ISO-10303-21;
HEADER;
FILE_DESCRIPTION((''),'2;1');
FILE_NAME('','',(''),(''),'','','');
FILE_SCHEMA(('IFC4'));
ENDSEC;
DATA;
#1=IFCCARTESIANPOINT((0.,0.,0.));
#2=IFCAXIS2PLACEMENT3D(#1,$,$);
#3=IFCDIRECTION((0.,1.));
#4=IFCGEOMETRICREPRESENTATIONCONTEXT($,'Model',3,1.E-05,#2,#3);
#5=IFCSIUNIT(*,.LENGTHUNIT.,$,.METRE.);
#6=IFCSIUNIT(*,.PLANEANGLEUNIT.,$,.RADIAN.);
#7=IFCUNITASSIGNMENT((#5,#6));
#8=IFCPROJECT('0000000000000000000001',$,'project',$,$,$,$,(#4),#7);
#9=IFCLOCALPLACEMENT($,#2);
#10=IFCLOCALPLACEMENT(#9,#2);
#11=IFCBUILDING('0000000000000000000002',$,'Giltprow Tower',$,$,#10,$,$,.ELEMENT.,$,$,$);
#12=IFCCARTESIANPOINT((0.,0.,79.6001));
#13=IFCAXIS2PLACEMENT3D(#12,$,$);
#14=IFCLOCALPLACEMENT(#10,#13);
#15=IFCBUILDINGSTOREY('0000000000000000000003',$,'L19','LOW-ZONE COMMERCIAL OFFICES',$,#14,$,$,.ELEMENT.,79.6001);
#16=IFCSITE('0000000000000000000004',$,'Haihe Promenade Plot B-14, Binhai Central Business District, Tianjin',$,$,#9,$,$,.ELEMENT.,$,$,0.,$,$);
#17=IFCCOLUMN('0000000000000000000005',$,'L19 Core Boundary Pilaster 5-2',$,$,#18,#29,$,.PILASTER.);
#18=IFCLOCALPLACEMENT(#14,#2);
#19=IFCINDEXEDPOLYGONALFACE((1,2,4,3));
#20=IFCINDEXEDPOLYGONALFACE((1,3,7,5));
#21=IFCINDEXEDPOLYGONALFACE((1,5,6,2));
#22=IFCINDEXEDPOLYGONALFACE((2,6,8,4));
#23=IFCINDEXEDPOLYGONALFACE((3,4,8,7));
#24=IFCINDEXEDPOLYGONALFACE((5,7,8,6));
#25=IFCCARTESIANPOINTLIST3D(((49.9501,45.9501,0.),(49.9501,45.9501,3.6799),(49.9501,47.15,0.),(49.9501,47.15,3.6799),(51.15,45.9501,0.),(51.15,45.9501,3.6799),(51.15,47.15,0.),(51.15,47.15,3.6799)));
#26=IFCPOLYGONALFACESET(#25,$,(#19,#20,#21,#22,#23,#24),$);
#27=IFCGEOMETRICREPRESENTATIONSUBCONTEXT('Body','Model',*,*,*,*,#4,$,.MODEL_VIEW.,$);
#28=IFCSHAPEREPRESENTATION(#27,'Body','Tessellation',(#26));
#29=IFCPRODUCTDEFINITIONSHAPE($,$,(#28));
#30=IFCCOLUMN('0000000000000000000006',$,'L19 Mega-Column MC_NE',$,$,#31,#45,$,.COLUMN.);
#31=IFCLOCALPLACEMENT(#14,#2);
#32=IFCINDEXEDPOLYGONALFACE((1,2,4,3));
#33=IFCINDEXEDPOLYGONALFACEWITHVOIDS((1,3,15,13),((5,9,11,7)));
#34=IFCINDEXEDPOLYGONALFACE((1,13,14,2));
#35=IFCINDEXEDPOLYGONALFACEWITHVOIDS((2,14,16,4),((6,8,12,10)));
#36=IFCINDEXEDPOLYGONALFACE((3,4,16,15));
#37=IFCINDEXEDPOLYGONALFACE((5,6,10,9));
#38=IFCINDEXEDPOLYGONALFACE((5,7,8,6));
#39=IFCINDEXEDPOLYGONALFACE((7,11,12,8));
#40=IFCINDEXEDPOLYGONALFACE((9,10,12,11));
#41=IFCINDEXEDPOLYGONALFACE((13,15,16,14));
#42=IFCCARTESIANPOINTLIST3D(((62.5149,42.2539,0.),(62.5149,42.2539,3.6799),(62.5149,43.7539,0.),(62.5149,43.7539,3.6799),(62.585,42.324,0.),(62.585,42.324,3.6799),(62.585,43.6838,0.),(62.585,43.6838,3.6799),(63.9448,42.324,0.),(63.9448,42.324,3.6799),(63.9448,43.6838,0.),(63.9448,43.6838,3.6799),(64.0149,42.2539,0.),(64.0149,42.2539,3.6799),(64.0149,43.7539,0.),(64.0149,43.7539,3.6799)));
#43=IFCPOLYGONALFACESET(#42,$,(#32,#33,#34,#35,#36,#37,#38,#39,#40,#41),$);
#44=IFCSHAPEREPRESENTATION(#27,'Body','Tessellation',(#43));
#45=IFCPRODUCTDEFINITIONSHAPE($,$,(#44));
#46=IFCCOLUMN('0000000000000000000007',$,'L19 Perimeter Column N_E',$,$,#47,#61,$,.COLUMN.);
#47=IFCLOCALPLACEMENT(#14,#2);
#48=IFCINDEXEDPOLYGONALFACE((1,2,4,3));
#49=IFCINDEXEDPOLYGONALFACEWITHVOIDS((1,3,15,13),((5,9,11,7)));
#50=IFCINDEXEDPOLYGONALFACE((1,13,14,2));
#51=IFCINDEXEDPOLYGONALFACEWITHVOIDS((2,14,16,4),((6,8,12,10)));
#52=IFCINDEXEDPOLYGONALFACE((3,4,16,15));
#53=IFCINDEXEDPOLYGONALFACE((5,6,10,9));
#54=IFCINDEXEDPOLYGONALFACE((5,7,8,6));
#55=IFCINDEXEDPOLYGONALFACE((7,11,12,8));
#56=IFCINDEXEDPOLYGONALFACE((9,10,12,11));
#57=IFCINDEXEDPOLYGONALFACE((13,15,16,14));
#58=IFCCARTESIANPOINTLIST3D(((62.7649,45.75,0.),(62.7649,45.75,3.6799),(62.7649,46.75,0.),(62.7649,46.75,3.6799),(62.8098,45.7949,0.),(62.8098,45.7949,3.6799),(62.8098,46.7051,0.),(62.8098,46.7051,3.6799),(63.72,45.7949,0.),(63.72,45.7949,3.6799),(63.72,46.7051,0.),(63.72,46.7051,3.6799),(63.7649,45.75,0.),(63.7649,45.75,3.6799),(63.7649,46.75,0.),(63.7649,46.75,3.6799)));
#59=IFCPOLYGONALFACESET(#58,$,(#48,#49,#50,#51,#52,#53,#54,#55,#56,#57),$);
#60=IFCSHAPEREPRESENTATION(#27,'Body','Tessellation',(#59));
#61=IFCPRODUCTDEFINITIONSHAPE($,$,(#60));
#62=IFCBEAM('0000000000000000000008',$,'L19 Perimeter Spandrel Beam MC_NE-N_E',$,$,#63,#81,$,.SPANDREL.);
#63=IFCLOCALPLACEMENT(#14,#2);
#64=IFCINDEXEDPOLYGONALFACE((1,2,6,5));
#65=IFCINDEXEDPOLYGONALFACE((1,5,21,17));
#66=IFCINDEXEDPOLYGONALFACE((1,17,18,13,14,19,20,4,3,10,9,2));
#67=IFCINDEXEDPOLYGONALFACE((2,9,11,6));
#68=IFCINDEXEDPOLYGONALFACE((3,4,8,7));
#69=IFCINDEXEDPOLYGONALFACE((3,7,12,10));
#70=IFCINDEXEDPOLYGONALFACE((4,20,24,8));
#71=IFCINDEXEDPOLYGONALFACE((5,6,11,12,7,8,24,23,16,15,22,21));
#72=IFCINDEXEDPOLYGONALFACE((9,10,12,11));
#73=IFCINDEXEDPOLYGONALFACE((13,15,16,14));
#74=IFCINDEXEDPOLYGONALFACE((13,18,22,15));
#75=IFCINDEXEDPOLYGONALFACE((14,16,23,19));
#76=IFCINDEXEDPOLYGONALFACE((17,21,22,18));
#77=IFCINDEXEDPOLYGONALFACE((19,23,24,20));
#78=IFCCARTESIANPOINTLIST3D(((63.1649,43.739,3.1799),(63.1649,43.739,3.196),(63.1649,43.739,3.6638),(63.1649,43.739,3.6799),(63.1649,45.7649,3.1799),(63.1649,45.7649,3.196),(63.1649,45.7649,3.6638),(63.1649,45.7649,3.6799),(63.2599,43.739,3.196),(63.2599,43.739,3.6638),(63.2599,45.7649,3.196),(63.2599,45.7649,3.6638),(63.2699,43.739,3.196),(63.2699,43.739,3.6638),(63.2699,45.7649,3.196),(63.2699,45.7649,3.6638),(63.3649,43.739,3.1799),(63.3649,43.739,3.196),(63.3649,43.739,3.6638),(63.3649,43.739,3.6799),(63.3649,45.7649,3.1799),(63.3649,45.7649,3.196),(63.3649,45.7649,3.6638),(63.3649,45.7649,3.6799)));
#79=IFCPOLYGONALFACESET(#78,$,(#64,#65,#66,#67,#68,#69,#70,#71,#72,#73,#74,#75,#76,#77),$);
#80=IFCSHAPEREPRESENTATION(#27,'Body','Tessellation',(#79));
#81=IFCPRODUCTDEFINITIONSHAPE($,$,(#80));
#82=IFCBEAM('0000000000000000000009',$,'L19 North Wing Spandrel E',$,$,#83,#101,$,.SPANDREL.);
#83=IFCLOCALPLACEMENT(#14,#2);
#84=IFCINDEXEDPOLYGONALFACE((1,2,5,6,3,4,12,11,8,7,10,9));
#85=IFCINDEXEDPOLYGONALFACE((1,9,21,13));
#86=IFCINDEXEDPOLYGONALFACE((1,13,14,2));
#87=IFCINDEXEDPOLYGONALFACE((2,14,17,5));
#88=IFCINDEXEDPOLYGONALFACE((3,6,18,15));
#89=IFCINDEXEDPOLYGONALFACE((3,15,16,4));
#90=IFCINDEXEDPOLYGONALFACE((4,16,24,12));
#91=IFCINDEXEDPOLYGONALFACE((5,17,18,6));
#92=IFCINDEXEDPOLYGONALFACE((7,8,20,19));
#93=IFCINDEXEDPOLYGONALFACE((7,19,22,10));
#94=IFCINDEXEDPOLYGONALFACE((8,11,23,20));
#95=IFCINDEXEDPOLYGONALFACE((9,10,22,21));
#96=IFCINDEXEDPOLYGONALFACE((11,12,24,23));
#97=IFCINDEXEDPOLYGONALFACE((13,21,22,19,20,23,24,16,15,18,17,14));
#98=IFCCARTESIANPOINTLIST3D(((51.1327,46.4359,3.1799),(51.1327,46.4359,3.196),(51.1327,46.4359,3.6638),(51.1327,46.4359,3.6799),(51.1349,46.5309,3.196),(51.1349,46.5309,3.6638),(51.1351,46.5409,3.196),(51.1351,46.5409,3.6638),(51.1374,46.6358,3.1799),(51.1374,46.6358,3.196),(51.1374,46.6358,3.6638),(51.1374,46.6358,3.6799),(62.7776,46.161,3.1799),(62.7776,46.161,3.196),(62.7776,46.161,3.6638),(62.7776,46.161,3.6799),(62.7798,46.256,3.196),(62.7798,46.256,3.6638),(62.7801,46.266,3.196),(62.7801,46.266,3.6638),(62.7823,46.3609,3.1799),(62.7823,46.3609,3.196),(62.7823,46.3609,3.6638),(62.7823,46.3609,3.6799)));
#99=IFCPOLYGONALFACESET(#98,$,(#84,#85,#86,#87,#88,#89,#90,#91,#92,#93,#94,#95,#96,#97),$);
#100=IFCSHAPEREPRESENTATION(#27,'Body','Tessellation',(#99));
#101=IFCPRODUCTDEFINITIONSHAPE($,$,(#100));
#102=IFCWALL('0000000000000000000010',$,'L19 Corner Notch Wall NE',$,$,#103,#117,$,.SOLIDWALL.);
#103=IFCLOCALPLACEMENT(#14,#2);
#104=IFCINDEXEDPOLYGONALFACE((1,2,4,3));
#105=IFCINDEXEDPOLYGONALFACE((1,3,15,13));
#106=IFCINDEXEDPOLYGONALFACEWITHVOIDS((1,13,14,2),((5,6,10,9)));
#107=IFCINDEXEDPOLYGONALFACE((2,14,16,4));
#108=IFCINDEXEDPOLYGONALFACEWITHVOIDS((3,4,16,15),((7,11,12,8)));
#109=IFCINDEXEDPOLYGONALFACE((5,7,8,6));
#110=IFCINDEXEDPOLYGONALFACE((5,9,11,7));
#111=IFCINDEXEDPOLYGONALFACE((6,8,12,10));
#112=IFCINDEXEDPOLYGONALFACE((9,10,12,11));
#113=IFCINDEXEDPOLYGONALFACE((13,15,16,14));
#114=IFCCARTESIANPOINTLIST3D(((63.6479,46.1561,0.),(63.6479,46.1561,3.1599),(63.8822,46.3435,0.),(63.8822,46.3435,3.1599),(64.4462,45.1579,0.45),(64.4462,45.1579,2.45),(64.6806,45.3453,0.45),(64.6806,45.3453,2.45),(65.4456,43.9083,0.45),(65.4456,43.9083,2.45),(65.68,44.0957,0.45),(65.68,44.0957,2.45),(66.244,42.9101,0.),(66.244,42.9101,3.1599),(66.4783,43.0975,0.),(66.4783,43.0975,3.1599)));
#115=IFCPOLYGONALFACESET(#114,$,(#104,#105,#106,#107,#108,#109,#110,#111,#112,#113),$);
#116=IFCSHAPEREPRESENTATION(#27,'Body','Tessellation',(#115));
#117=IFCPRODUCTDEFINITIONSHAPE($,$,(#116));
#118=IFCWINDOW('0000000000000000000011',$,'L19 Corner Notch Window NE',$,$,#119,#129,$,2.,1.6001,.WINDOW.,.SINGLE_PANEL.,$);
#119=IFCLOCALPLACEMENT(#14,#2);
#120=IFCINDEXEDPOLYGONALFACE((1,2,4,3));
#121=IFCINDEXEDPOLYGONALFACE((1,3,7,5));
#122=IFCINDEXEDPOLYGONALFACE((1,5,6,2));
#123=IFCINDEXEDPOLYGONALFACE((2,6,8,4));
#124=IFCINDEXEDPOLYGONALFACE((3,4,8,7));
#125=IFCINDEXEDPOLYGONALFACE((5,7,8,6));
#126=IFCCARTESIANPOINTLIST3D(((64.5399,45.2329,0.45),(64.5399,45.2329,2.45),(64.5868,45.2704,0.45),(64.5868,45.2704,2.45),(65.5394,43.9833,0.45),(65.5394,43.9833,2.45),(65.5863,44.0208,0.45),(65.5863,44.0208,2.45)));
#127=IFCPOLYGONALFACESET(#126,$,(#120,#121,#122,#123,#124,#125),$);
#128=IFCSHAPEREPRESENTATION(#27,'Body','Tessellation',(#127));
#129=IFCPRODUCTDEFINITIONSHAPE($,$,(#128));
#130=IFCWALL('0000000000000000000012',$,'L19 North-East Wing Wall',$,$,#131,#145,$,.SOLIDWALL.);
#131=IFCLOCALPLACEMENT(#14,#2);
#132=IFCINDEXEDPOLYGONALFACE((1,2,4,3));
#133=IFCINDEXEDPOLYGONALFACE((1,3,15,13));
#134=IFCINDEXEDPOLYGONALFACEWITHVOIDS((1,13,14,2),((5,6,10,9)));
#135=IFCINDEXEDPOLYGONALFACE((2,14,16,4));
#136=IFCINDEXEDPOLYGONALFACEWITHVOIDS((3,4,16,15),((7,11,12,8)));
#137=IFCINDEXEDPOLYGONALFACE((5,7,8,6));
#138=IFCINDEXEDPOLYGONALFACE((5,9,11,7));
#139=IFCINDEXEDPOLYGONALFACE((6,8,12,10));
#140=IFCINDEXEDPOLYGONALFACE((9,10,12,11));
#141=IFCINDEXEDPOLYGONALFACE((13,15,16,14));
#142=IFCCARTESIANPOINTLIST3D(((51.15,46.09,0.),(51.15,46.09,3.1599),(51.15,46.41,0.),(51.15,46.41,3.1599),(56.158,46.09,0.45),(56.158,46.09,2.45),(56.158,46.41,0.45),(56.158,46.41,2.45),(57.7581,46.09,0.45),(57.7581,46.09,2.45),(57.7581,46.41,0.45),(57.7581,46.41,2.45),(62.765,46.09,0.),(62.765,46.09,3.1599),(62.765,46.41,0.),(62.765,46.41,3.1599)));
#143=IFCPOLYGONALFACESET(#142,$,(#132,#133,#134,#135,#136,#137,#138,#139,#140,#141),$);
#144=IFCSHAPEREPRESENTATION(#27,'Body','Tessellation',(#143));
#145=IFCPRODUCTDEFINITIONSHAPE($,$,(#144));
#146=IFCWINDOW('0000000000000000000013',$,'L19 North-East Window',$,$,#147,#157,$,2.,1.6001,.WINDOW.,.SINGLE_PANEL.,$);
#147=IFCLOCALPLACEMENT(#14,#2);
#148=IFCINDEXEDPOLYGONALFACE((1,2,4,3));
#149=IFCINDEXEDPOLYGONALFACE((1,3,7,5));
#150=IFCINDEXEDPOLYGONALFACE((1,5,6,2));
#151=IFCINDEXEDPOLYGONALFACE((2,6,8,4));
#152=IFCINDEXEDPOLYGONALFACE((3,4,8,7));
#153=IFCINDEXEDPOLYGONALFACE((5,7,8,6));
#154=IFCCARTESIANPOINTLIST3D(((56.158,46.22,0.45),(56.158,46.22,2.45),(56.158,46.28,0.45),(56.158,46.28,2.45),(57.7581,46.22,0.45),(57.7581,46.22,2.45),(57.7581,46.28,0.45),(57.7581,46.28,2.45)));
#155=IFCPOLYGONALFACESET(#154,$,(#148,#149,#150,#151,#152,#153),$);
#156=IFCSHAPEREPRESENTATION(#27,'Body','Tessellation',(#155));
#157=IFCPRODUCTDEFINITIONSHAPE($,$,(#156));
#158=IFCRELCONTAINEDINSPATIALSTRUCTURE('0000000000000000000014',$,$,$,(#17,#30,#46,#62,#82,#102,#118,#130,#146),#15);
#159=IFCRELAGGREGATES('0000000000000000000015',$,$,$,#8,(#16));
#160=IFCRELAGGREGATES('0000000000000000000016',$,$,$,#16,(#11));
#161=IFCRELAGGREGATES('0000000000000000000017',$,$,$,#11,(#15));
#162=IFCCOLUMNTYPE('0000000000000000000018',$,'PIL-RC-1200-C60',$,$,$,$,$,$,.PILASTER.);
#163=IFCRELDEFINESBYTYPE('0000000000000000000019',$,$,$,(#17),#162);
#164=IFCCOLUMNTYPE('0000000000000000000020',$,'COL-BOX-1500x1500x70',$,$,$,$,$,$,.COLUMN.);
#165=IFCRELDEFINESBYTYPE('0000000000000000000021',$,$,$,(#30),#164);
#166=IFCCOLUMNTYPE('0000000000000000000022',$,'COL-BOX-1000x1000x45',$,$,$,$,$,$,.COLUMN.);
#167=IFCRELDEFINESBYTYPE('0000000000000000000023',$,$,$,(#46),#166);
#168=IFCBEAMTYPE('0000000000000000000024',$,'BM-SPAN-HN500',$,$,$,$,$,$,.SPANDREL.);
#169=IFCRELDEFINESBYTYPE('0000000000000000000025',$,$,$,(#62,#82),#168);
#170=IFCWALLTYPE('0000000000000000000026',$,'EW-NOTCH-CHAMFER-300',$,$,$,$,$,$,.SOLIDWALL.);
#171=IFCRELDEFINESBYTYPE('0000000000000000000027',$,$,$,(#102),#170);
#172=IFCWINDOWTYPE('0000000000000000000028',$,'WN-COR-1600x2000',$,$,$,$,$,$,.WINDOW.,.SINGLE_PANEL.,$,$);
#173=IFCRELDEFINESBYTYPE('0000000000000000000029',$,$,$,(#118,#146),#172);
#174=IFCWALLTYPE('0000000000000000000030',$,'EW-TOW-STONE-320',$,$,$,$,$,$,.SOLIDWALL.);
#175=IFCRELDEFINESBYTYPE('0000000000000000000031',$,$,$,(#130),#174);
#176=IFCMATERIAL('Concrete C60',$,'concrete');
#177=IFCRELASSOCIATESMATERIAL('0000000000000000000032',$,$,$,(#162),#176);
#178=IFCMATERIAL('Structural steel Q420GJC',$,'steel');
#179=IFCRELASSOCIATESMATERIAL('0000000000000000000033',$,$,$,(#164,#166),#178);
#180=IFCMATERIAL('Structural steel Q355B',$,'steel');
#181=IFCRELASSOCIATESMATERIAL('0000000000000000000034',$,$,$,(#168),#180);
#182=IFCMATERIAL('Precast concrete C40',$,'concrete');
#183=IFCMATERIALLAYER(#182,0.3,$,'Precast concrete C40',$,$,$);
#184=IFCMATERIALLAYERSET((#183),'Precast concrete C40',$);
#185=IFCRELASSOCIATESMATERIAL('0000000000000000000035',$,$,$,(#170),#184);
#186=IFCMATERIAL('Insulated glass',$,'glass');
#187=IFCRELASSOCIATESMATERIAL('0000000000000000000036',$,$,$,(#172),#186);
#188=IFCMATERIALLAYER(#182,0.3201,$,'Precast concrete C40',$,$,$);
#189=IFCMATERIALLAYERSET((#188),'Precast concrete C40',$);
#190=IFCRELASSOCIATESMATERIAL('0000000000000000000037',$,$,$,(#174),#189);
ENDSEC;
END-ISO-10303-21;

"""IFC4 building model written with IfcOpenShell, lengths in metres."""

from ifc_helpers import new_model, si_unit, direction, frame, frame_2d, origin, origin_2d, place, context, subcontext, project, spatial, rectangle, hollow_rectangle, i_section, extrude, source, transform, mapped, material, layer, layer_set, material_profile, profile_set, type_object, element, fill, save


model = new_model("IFC4")

# Units and contexts
model_context = context("Model", 3, precision=1e-05, world=origin(), true_north=direction((0.0, 1.0)))
body_context = subcontext(model_context, "Body", "Model", "MODEL_VIEW")
ifc_project = project(units=[si_unit("LENGTHUNIT", "METRE"), si_unit("PLANEANGLEUNIT", "RADIAN")], contexts=[model_context])

# Site, building, storey
site_placement = place(None, origin())
site = spatial("IfcSite", under=ifc_project, at=site_placement, Name="Haihe Promenade Plot B-14, Binhai Central Business District, Tianjin", CompositionType="ELEMENT", RefElevation=0.0)
building_placement = place(site_placement, origin())
building = spatial("IfcBuilding", under=site, at=building_placement, Name="Giltprow Tower", CompositionType="ELEMENT")
storey_placement = place(building_placement, frame((0.0, 0.0, 79.6001)))
storey = spatial("IfcBuildingStorey", under=building, at=storey_placement, Name="L19", Description="LOW-ZONE COMMERCIAL OFFICES", CompositionType="ELEMENT", Elevation=79.6001)

# Columns
ifc_material_1 = material(Name="Concrete C60", Category="concrete")
ifc_material_profile_1 = material_profile(ifc_material_1, rectangle(XDim=1.2, YDim=1.2, at=origin_2d()), Name="RC 1200x1200")
ifc_profile_set_1 = profile_set([ifc_material_profile_1], Name="Concrete C60")
column_type_1 = type_object("IfcColumnType", Name="PIL-RC-1200-C60", PredefinedType="PILASTER", material=ifc_profile_set_1)
shared_shape_1 = source(origin(), body_context, "Body", "SweptSolid", [
    extrude(rectangle(XDim=1.2, YDim=1.2, at=origin_2d()), origin(), (0.0, 0.0, 1.0), 3.6799),
])
column_1_placement = place(storey_placement, frame((50.55, 46.55, 0.0), z_axis=(0.0, 0.0, 1.0), x_axis=(1.0, 0.0, 0.0)))
element("IfcColumn", 1, at=column_1_placement, inside=storey, type_object=column_type_1, Name="L19 Core Boundary Pilaster 5-2", PredefinedType="PILASTER", context=body_context, shape_type="MappedRepresentation", body=[
    mapped(shared_shape_1, transform((0.0, 0.0, 0.0), x_axis=(1.0, 0.0, 0.0), y_axis=(0.0, 1.0, 0.0), z_axis=(0.0, 0.0, 1.0), scale=1.0)),
])
ifc_material_2 = material(Name="Structural steel Q420GJC", Category="steel")
ifc_material_profile_2 = material_profile(ifc_material_2, hollow_rectangle(XDim=1.5, YDim=1.5, WallThickness=0.0701, at=origin_2d()), Name="BOX 1500x1500x70")
ifc_profile_set_2 = profile_set([ifc_material_profile_2], Name="Structural steel Q420GJC")
column_type_2 = type_object("IfcColumnType", Name="COL-BOX-1500x1500x70", PredefinedType="COLUMN", material=ifc_profile_set_2)
shared_shape_2 = source(origin(), body_context, "Body", "SweptSolid", [
    extrude(hollow_rectangle(XDim=1.5, YDim=1.5, WallThickness=0.0701, at=origin_2d()), origin(), (0.0, 0.0, 1.0), 3.6799),
])
column_2_placement = place(storey_placement, frame((63.2649, 43.0039, 0.0), z_axis=(0.0, 0.0, 1.0), x_axis=(1.0, 0.0, 0.0)))
element("IfcColumn", 2, at=column_2_placement, inside=storey, type_object=column_type_2, Name="L19 Mega-Column MC_NE", PredefinedType="COLUMN", context=body_context, shape_type="MappedRepresentation", body=[
    mapped(shared_shape_2, transform((0.0, 0.0, 0.0), x_axis=(1.0, 0.0, 0.0), y_axis=(0.0, 1.0, 0.0), z_axis=(0.0, 0.0, 1.0), scale=1.0)),
])
ifc_material_profile_3 = material_profile(ifc_material_2, hollow_rectangle(XDim=1.0, YDim=1.0, WallThickness=0.0449, at=origin_2d()), Name="BOX 1000x1000x45")
ifc_profile_set_3 = profile_set([ifc_material_profile_3], Name="Structural steel Q420GJC")
column_type_3 = type_object("IfcColumnType", Name="COL-BOX-1000x1000x45", PredefinedType="COLUMN", material=ifc_profile_set_3)
shared_shape_3 = source(origin(), body_context, "Body", "SweptSolid", [
    extrude(hollow_rectangle(XDim=1.0, YDim=1.0, WallThickness=0.0449, at=origin_2d()), origin(), (0.0, 0.0, 1.0), 3.6799),
])
column_3_placement = place(storey_placement, frame((63.2649, 46.25, 0.0), z_axis=(0.0, 0.0, 1.0), x_axis=(1.0, 0.0, 0.0)))
element("IfcColumn", 3, at=column_3_placement, inside=storey, type_object=column_type_3, Name="L19 Perimeter Column N_E", PredefinedType="COLUMN", context=body_context, shape_type="MappedRepresentation", body=[
    mapped(shared_shape_3, transform((0.0, 0.0, 0.0), x_axis=(1.0, 0.0, 0.0), y_axis=(0.0, 1.0, 0.0), z_axis=(0.0, 0.0, 1.0), scale=1.0)),
])

# Beams
ifc_material_3 = material(Name="Structural steel Q355B", Category="steel")
ifc_material_profile_4 = material_profile(ifc_material_3, i_section(OverallWidth=0.2, OverallDepth=0.5, WebThickness=0.01, FlangeThickness=0.0161, at=origin_2d()), Name="HN 500x200x10x16")
ifc_profile_set_4 = profile_set([ifc_material_profile_4], Name="Structural steel Q355B")
beam_type = type_object("IfcBeamType", Name="BM-SPAN-HN500", PredefinedType="SPANDREL", material=ifc_profile_set_4)
shared_shape_4 = source(origin(), body_context, "Body", "SweptSolid", [
    extrude(i_section(OverallWidth=0.2, OverallDepth=0.5, WebThickness=0.01, FlangeThickness=0.0161, at=origin_2d()), origin(), (0.0, 0.0, 1.0), 2.0259),
])
beam_1_placement = place(storey_placement, frame((63.2649, 43.739, 3.4299), z_axis=(0.0, 1.0, 0.0), x_axis=(-1.0, 0.0, 0.0)))
element("IfcBeam", 4, at=beam_1_placement, inside=storey, type_object=beam_type, Name="L19 Perimeter Spandrel Beam MC_NE-N_E", PredefinedType="SPANDREL", context=body_context, shape_type="MappedRepresentation", body=[
    mapped(shared_shape_4, transform((0.0, 0.0, 0.0), x_axis=(1.0, 0.0, 0.0), y_axis=(0.0, 1.0, 0.0), z_axis=(0.0, 0.0, 1.0), scale=1.0)),
])
shared_shape_5 = source(origin(), body_context, "Body", "SweptSolid", [
    extrude(i_section(OverallWidth=0.2, OverallDepth=0.5, WebThickness=0.01, FlangeThickness=0.0161, at=origin_2d()), origin(), (0.0, 0.0, 1.0), 11.6482),
])
beam_2_placement = place(storey_placement, frame((51.135, 46.5359, 3.4299), z_axis=(0.999721, -0.0236, 0.0), x_axis=(0.0236, 0.999721, 0.0)))
element("IfcBeam", 5, at=beam_2_placement, inside=storey, type_object=beam_type, Name="L19 North Wing Spandrel E", PredefinedType="SPANDREL", context=body_context, shape_type="MappedRepresentation", body=[
    mapped(shared_shape_5, transform((0.0, 0.0, 0.0), x_axis=(1.0, 0.0, 0.0), y_axis=(0.0, 1.0, 0.0), z_axis=(0.0, 0.0, 1.0), scale=1.0)),
])

# Walls, openings, windows
ifc_material_4 = material(Name="Precast concrete C40", Category="concrete")
ifc_layer_1 = layer(ifc_material_4, 0.3, Name="Precast concrete C40")
ifc_layer_set_1 = layer_set([ifc_layer_1], Name="Precast concrete C40")
wall_type_1 = type_object("IfcWallType", Name="EW-NOTCH-CHAMFER-300", PredefinedType="SOLIDWALL", material=ifc_layer_set_1)
wall_1_placement = place(storey_placement, frame((66.3611, 43.0039, 0.0), z_axis=(0.0, 0.0, 1.0), x_axis=(-0.624595, 0.780949, 0.0)))
wall_1 = element("IfcWall", 6, at=wall_1_placement, inside=storey, type_object=wall_type_1, Name="L19 Corner Notch Wall NE", PredefinedType="SOLIDWALL", context=body_context, shape_type="SweptSolid", body=[
    extrude(rectangle(XDim=4.1565, YDim=0.3, at=frame_2d((2.0781, 0.0))), origin(), (0.0, 0.0, 1.0), 3.1599),
])
opening_1_placement = place(wall_1_placement, frame((1.2781, 0.0, 0.45)))
opening_1 = element("IfcOpeningElement", 7, at=opening_1_placement, cuts=wall_1, PredefinedType="OPENING", context=body_context, shape_type="SweptSolid", body=[
    extrude(rectangle(XDim=1.6001, YDim=2.0, at=frame_2d((0.8, 1.0))), frame((0.0, 0.1599, 0.0), z_axis=(0.0, -1.0, 0.0), x_axis=(1.0, 0.0, 0.0)), (0.0, 0.0, 1.0), 0.3201),
])
ifc_material_5 = material(Name="Insulated glass", Category="glass")
window_type = type_object("IfcWindowType", Name="WN-COR-1600x2000", PartitioningType="SINGLE_PANEL", PredefinedType="WINDOW", material=ifc_material_5)
shared_shape_6 = source(origin(), body_context, "Body", "SweptSolid", [
    extrude(rectangle(XDim=1.6001, YDim=2.0, at=frame_2d((0.8, 1.0))), frame((0.0, 0.03, 0.0), z_axis=(0.0, -1.0, 0.0), x_axis=(1.0, 0.0, 0.0)), (0.0, 0.0, 1.0), 0.0601),
])
window_1_placement = place(opening_1_placement, origin())
window_1 = element("IfcWindow", 8, at=window_1_placement, inside=storey, type_object=window_type, Name="L19 Corner Notch Window NE", OverallHeight=2.0, OverallWidth=1.6001, PartitioningType="SINGLE_PANEL", PredefinedType="WINDOW", context=body_context, shape_type="MappedRepresentation", body=[
    mapped(shared_shape_6, transform((0.0, 0.0, 0.0), x_axis=(1.0, 0.0, 0.0), y_axis=(0.0, 1.0, 0.0), z_axis=(0.0, 0.0, 1.0), scale=1.0)),
])
fill(opening_1, window_1)
ifc_layer_2 = layer(ifc_material_4, 0.3201, Name="Precast concrete C40")
ifc_layer_set_2 = layer_set([ifc_layer_2], Name="Precast concrete C40")
wall_type_2 = type_object("IfcWallType", Name="EW-TOW-STONE-320", PredefinedType="SOLIDWALL", material=ifc_layer_set_2)
wall_2_placement = place(storey_placement, frame((51.1499, 46.25, 0.0), z_axis=(0.0, 0.0, 1.0), x_axis=(1.0, 0.0, 0.0)))
wall_2 = element("IfcWall", 9, at=wall_2_placement, inside=storey, type_object=wall_type_2, Name="L19 North-East Wing Wall", PredefinedType="SOLIDWALL", context=body_context, shape_type="SweptSolid", body=[
    extrude(rectangle(XDim=11.615, YDim=0.3201, at=frame_2d((5.8076, 0.0))), origin(), (0.0, 0.0, 1.0), 3.1599),
])
opening_2_placement = place(wall_2_placement, frame((5.0081, 0.0, 0.45)))
opening_2 = element("IfcOpeningElement", 10, at=opening_2_placement, cuts=wall_2, PredefinedType="OPENING", context=body_context, shape_type="SweptSolid", body=[
    extrude(rectangle(XDim=1.6001, YDim=2.0, at=frame_2d((0.8, 1.0))), frame((0.0, 0.1699, 0.0), z_axis=(0.0, -1.0, 0.0), x_axis=(1.0, 0.0, 0.0)), (0.0, 0.0, 1.0), 0.3401),
])
window_2_placement = place(opening_2_placement, origin())
window_2 = element("IfcWindow", 11, at=window_2_placement, inside=storey, type_object=window_type, Name="L19 North-East Window", OverallHeight=2.0, OverallWidth=1.6001, PartitioningType="SINGLE_PANEL", PredefinedType="WINDOW", context=body_context, shape_type="MappedRepresentation", body=[
    mapped(shared_shape_6, transform((0.0, 0.0, 0.0), x_axis=(1.0, 0.0, 0.0), y_axis=(0.0, 1.0, 0.0), z_axis=(0.0, 0.0, 1.0), scale=1.0)),
])
fill(opening_2, window_2)

save(model, "model.ifc")
